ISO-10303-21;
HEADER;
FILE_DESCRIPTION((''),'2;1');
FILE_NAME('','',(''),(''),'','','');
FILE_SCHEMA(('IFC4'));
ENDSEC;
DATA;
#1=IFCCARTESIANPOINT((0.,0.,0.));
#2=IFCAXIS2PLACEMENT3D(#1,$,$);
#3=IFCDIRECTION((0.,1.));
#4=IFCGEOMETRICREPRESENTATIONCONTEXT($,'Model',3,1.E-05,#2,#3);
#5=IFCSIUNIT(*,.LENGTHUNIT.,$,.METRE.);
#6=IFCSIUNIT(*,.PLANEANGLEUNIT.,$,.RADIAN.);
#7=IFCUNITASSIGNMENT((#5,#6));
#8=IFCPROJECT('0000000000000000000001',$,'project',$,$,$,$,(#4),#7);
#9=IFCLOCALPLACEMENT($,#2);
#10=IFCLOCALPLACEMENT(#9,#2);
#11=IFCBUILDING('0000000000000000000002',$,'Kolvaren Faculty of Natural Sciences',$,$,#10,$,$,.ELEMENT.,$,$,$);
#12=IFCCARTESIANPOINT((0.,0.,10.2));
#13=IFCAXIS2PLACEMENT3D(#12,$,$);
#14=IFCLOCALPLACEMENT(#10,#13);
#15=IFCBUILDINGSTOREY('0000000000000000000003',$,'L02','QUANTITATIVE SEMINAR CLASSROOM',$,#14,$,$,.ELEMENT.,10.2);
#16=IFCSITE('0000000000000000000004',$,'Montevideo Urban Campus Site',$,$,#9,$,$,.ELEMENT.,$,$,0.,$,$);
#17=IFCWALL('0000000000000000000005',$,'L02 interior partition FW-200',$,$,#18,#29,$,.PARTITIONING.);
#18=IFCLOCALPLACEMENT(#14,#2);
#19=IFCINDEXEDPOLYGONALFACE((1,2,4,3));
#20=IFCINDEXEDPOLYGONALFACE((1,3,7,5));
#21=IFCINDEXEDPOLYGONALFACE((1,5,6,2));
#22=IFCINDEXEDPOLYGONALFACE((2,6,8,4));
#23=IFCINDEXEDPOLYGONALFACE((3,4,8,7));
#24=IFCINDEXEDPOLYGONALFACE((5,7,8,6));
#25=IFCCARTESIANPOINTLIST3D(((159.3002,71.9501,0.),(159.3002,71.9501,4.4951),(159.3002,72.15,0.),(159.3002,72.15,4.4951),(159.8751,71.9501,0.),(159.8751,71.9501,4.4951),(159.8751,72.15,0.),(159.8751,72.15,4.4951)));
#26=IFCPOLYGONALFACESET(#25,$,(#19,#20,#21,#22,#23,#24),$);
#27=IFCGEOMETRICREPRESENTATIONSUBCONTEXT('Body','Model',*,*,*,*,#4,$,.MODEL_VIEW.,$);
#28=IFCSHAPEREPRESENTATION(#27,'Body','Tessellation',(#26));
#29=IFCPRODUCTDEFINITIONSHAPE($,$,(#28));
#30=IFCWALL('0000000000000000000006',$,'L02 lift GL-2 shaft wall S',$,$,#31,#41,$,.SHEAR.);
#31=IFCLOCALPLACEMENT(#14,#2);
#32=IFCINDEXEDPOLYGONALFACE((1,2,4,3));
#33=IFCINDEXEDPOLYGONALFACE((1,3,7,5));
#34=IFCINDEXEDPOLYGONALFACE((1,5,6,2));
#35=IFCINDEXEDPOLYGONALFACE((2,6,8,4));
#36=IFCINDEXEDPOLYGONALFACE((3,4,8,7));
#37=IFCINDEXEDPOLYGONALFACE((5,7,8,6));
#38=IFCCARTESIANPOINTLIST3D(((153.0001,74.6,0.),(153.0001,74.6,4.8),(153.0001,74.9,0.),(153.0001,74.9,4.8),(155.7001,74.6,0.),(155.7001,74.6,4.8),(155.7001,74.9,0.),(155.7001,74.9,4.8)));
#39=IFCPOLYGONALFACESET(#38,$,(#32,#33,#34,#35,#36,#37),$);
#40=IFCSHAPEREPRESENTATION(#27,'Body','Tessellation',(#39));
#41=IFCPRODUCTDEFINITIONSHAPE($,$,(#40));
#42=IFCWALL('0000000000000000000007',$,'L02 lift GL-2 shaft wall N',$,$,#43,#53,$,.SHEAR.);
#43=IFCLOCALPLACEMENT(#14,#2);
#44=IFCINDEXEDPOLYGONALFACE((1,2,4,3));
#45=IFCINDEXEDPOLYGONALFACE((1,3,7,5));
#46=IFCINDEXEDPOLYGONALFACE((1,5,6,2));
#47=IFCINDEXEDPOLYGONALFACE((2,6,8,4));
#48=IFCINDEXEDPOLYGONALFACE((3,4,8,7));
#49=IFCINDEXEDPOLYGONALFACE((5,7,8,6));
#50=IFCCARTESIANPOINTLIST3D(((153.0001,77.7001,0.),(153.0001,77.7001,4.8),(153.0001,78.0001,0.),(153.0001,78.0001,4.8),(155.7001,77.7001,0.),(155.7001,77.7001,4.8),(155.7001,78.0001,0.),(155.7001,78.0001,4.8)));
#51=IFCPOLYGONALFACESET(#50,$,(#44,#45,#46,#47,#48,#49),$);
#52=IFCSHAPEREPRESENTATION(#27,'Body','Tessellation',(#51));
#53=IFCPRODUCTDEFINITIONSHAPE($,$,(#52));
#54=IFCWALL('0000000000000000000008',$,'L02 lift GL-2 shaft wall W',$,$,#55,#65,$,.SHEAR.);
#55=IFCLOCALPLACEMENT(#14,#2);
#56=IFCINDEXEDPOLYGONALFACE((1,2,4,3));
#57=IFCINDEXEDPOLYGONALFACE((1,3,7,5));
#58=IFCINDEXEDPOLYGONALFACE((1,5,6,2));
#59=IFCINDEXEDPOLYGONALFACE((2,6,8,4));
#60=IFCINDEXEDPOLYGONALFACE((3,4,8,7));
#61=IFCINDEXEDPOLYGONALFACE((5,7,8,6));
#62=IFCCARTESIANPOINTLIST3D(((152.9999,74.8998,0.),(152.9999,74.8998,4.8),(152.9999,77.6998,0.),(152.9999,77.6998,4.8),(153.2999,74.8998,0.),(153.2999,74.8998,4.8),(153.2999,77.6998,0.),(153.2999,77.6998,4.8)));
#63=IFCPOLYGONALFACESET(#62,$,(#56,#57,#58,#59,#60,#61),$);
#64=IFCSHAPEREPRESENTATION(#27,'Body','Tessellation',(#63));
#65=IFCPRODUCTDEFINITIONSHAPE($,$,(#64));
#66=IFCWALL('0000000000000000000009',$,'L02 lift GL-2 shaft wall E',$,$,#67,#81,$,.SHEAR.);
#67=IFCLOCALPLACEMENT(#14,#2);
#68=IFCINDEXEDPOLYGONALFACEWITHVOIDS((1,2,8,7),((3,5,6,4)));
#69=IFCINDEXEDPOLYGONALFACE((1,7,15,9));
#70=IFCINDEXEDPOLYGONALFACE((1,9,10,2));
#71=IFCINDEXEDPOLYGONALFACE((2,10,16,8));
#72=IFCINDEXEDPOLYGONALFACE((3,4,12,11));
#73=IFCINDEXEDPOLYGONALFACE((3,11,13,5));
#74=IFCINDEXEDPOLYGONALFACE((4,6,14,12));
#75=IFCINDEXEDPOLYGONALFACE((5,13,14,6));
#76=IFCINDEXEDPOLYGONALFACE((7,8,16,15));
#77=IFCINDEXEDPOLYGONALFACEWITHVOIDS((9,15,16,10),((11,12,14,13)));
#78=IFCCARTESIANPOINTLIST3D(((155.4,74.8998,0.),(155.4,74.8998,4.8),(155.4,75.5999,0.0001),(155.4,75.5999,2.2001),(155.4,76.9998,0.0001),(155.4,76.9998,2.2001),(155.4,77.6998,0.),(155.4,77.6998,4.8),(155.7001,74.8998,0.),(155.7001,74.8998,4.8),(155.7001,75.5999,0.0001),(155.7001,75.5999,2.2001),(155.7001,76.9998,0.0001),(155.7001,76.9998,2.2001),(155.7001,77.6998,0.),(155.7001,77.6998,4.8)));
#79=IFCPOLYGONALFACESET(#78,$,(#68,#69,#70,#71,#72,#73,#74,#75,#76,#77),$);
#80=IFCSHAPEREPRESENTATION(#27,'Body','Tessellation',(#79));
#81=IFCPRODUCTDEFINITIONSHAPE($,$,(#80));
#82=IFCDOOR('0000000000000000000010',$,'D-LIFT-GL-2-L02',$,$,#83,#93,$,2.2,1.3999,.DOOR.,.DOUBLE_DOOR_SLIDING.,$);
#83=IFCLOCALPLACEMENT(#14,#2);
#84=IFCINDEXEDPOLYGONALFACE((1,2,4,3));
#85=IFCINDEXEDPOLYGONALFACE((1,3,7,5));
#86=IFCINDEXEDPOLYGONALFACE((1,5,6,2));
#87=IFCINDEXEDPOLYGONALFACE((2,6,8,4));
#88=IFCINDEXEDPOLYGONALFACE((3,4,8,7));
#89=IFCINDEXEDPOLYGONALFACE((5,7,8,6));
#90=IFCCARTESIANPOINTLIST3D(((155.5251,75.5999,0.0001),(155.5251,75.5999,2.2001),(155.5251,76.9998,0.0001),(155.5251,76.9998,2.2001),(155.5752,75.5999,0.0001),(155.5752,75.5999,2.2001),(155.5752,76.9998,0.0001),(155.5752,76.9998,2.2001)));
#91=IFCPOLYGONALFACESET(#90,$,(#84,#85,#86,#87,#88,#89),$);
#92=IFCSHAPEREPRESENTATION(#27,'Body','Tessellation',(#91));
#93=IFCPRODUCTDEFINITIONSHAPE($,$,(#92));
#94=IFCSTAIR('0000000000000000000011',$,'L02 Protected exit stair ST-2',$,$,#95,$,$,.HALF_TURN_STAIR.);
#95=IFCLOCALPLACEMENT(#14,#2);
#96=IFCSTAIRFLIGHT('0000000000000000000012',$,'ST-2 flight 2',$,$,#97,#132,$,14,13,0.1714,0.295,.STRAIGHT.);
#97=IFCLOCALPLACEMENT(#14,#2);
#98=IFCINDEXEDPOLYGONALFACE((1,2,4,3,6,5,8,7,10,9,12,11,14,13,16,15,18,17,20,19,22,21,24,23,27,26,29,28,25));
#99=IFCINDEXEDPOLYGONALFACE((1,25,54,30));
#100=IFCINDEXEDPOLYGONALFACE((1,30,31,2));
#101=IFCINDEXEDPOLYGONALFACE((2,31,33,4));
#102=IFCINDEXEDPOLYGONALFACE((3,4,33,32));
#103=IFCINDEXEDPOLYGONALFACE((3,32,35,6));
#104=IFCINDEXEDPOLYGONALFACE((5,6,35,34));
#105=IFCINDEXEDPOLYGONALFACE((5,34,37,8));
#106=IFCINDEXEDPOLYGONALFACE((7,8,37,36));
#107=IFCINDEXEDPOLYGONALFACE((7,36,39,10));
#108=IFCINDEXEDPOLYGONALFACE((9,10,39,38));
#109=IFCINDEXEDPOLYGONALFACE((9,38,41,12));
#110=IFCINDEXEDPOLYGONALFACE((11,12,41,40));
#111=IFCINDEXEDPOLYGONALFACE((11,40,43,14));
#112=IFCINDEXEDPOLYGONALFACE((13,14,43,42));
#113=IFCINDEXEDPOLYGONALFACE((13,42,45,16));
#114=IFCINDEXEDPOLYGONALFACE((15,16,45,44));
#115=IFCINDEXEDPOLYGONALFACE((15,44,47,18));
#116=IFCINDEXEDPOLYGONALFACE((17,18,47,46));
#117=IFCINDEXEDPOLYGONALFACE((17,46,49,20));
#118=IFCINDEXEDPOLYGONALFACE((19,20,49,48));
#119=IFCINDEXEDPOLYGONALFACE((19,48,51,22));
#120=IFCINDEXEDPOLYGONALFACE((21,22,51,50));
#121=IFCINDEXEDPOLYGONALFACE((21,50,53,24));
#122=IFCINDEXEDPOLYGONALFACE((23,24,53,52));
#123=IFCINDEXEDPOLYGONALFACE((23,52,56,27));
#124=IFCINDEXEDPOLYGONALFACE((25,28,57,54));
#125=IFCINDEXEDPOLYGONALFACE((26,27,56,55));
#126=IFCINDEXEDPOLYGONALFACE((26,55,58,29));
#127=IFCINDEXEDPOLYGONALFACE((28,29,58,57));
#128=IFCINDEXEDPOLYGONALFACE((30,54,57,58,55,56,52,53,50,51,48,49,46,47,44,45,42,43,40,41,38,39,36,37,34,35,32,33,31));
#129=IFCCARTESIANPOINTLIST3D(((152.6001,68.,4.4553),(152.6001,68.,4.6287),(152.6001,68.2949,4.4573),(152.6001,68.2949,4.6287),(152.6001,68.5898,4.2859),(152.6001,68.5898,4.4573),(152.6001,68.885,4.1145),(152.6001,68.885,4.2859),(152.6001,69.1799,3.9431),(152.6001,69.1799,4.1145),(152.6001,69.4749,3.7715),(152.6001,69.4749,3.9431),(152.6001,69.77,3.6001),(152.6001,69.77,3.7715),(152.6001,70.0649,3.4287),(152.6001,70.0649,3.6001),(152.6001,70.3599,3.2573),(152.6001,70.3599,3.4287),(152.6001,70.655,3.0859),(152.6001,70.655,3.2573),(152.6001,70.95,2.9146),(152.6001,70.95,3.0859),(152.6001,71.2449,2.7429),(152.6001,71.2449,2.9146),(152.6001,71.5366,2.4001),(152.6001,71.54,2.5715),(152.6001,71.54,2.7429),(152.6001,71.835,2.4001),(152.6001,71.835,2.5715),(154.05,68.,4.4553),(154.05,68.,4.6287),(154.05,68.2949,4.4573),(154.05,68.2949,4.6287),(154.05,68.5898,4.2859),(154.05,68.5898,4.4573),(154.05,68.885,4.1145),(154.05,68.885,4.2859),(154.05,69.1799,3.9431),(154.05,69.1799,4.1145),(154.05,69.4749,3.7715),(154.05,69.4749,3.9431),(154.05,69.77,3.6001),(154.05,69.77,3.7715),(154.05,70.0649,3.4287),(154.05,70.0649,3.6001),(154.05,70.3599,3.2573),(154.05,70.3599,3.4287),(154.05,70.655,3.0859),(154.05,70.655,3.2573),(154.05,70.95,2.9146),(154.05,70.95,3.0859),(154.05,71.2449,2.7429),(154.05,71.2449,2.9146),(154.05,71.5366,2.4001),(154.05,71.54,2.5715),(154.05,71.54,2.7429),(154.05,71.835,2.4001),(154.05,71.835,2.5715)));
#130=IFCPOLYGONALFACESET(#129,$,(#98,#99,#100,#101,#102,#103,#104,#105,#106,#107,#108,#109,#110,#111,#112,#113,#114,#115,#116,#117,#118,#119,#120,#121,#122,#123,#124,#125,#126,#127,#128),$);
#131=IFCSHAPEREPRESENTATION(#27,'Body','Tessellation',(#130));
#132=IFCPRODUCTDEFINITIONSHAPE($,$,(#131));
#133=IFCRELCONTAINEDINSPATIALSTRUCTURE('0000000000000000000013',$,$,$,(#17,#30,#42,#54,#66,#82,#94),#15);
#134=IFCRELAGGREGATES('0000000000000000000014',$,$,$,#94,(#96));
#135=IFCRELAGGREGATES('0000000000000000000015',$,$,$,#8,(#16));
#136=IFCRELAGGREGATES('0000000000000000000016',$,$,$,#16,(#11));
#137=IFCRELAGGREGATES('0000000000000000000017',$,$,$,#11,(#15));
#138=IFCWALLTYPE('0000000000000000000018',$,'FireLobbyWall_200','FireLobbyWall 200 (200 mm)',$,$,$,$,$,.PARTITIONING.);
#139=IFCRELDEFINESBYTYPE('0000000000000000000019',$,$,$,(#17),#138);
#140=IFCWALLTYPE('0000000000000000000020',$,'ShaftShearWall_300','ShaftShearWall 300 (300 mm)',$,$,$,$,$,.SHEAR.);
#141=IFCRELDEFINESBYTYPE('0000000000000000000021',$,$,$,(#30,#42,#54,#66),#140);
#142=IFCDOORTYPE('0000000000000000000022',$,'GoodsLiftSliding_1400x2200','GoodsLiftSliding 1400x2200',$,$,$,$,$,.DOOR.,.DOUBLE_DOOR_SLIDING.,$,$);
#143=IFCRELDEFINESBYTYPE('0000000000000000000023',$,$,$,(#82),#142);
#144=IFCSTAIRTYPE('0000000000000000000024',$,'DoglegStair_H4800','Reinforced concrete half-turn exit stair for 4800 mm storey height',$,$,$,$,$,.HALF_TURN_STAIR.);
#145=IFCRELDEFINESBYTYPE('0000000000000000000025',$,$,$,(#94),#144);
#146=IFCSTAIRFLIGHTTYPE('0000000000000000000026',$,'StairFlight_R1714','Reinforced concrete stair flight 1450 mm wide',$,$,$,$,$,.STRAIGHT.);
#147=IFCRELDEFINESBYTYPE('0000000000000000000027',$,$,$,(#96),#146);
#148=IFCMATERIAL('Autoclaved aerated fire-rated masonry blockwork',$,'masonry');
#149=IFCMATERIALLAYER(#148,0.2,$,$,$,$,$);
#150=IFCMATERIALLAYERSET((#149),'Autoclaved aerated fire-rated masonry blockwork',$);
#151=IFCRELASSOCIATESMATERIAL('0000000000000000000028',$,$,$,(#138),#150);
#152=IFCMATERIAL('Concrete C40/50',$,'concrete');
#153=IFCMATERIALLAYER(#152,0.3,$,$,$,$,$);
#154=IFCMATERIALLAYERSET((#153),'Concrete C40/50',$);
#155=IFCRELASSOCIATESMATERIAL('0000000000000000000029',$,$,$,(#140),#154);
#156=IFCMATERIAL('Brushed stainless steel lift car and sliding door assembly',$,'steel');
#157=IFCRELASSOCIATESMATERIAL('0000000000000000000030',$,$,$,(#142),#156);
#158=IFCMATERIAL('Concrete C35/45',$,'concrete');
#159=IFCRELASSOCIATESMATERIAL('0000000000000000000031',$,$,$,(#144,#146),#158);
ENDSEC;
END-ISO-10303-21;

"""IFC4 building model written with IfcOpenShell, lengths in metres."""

from ifc_helpers import new_model, si_unit, direction, frame, frame_2d, origin, place, context, subcontext, project, spatial, polyline, rectangle, outline, extrude, material, layer, layer_set, type_object, element, fill, aggregate, save


model = new_model("IFC4")

# Units and contexts
model_context = context("Model", 3, precision=1e-05, world=origin(), true_north=direction((0.0, 1.0)))
body_context = subcontext(model_context, "Body", "Model", "MODEL_VIEW")
ifc_project = project(units=[si_unit("LENGTHUNIT", "METRE"), si_unit("PLANEANGLEUNIT", "RADIAN")], contexts=[model_context])

# Site, building, storey
site_placement = place(None, origin())
site = spatial("IfcSite", under=ifc_project, at=site_placement, Name="Montevideo Urban Campus Site", CompositionType="ELEMENT", RefElevation=0.0)
building_placement = place(site_placement, origin())
building = spatial("IfcBuilding", under=site, at=building_placement, Name="Kolvaren Faculty of Natural Sciences", CompositionType="ELEMENT")
storey_placement = place(building_placement, frame((0.0, 0.0, 10.2)))
storey = spatial("IfcBuildingStorey", under=building, at=storey_placement, Name="L02", Description="QUANTITATIVE SEMINAR CLASSROOM", CompositionType="ELEMENT", Elevation=10.2)

# Shared definitions
ifc_material_1 = material(Name="Concrete C40/50", Category="concrete")

# Shared definitions
ifc_material_2 = material(Name="Concrete C35/45", Category="concrete")

# Walls
ifc_material_3 = material(Name="Autoclaved aerated fire-rated masonry blockwork", Category="masonry")
ifc_layer_1 = layer(ifc_material_3, 0.2)
ifc_layer_set_1 = layer_set([ifc_layer_1], Name="Autoclaved aerated fire-rated masonry blockwork")
wall_type_1 = type_object("IfcWallType", Name="FireLobbyWall_200", Description="FireLobbyWall 200 (200 mm)", PredefinedType="PARTITIONING", material=ifc_layer_set_1)
wall_1_placement = place(storey_placement, frame((159.3, 72.05, 0.0), z_axis=(0.0, 0.0, 1.0), x_axis=(1.0, 0.0, 0.0)))
element("IfcWall", 1, at=wall_1_placement, inside=storey, type_object=wall_type_1, Name="L02 interior partition FW-200", PredefinedType="PARTITIONING", context=body_context, shape_type="SweptSolid", body=[
    extrude(rectangle(XDim=0.575, YDim=0.2, at=frame_2d((0.2876, 0.0))), origin(), (0.0, 0.0, 1.0), 4.4951),
])
ifc_layer_2 = layer(ifc_material_1, 0.3)
ifc_layer_set_2 = layer_set([ifc_layer_2], Name="Concrete C40/50")
wall_type_2 = type_object("IfcWallType", Name="ShaftShearWall_300", Description="ShaftShearWall 300 (300 mm)", PredefinedType="SHEAR", material=ifc_layer_set_2)
for number, where, z_axis, x_axis, name in (
    (2, (153.0, 74.75, 0.0), (0.0, 0.0, 1.0), (1.0, 0.0, 0.0), "L02 lift GL-2 shaft wall S"),
    (3, (153.0, 77.8501, 0.0), (0.0, 0.0, 1.0), (1.0, 0.0, 0.0), "L02 lift GL-2 shaft wall N"),
):
    element("IfcWall", number, at=place(storey_placement, frame(where, z_axis=z_axis, x_axis=x_axis)), inside=storey, type_object=wall_type_2, Name=name, PredefinedType="SHEAR", context=body_context, shape_type="SweptSolid", body=[
        extrude(rectangle(XDim=2.7, YDim=0.3, at=frame_2d((1.3501, 0.0))), origin(), (0.0, 0.0, 1.0), 4.8),
    ])
wall_2_placement = place(storey_placement, frame((153.1499, 74.8999, 0.0), z_axis=(0.0, 0.0, 1.0), x_axis=(0.0, 1.0, 0.0)))
element("IfcWall", 4, at=wall_2_placement, inside=storey, type_object=wall_type_2, Name="L02 lift GL-2 shaft wall W", PredefinedType="SHEAR", context=body_context, shape_type="SweptSolid", body=[
    extrude(rectangle(XDim=2.8, YDim=0.3, at=frame_2d((1.3999, 0.0))), origin(), (0.0, 0.0, 1.0), 4.8),
])

# Wall, opening, door
wall_3_placement = place(storey_placement, frame((155.55, 74.8999, 0.0), z_axis=(0.0, 0.0, 1.0), x_axis=(0.0, 1.0, 0.0)))
wall_3 = element("IfcWall", 5, at=wall_3_placement, inside=storey, type_object=wall_type_2, Name="L02 lift GL-2 shaft wall E", PredefinedType="SHEAR", context=body_context, shape_type="SweptSolid", body=[
    extrude(rectangle(XDim=2.8, YDim=0.3, at=frame_2d((1.3999, 0.0))), origin(), (0.0, 0.0, 1.0), 4.8),
])
opening_1_placement = place(wall_3_placement, frame((0.7, 0.0, 0.0)))
opening_1 = element("IfcOpeningElement", 6, at=opening_1_placement, cuts=wall_3, PredefinedType="OPENING", context=body_context, shape_type="SweptSolid", body=[
    extrude(rectangle(XDim=1.3999, YDim=2.2, at=frame_2d((0.7, 1.1001))), frame((0.0, 0.1599, 0.0), z_axis=(0.0, -1.0, 0.0), x_axis=(1.0, 0.0, 0.0)), (0.0, 0.0, 1.0), 0.3201),
])
ifc_material_4 = material(Name="Brushed stainless steel lift car and sliding door assembly", Category="steel")
door_type_1 = type_object("IfcDoorType", Name="GoodsLiftSliding_1400x2200", Description="GoodsLiftSliding 1400x2200", OperationType="DOUBLE_DOOR_SLIDING", PredefinedType="DOOR", material=ifc_material_4)
door_1_placement = place(opening_1_placement, origin())
door_1 = element("IfcDoor", 7, at=door_1_placement, inside=storey, type_object=door_type_1, Name="D-LIFT-GL-2-L02", OperationType="DOUBLE_DOOR_SLIDING", OverallHeight=2.2, OverallWidth=1.3999, PredefinedType="DOOR", context=body_context, shape_type="SweptSolid", body=[
    extrude(rectangle(XDim=1.3999, YDim=2.2, at=frame_2d((0.7, 1.1001))), frame((0.0, 0.0249, 0.0), z_axis=(0.0, -1.0, 0.0), x_axis=(1.0, 0.0, 0.0)), (0.0, 0.0, 1.0), 0.05),
])
fill(opening_1, door_1)

# Stair, stair flight
stair_type = type_object("IfcStairType", Name="DoglegStair_H4800", Description="Reinforced concrete half-turn exit stair for 4800 mm storey height", PredefinedType="HALF_TURN_STAIR", material=ifc_material_2)
stair_placement = place(storey_placement, origin())
stair = element("IfcStair", 8, at=stair_placement, inside=storey, type_object=stair_type, Name="L02 Protected exit stair ST-2", PredefinedType="HALF_TURN_STAIR")
stair_flight_type = type_object("IfcStairFlightType", Name="StairFlight_R1714", Description="Reinforced concrete stair flight 1450 mm wide", PredefinedType="STRAIGHT", material=ifc_material_2)
stair_flight_placement = place(storey_placement, frame((153.325, 71.835, 2.4001), z_axis=(0.0, 0.0, 1.0), x_axis=(0.0, -1.0, 0.0)))
stair_flight = element("IfcStairFlight", 9, at=stair_flight_placement, type_object=stair_flight_type, Name="ST-2 flight 2", NumberOfRisers=14, NumberOfTreads=13, PredefinedType="STRAIGHT", RiserHeight=0.1714, TreadLength=0.295, context=body_context, shape_type="SweptSolid", body=[
    extrude(outline(polyline([(0.0, 0.0), (0.0, 0.1714), (0.2949, 0.1714), (0.2949, 0.3428), (0.5901, 0.3428), (0.5901, 0.5144), (0.885, 0.5144), (0.885, 0.6858), (1.1799, 0.6858), (1.1799, 0.8572), (1.4751, 0.8572), (1.4751, 1.0286), (1.77, 1.0286), (1.77, 1.2), (2.0649, 1.2), (2.0649, 1.3713), (2.3601, 1.3713), (2.3601, 1.543), (2.655, 1.543), (2.655, 1.7144), (2.95, 1.7144), (2.95, 1.8857), (3.2451, 1.8857), (3.2451, 2.0571), (3.54, 2.0571), (3.54, 2.2285), (3.835, 2.2285), (3.835, 2.3999), (3.835, 2.0552), (0.2983, 0.0), (0.0, 0.0)])), frame((0.0, 0.7251, 0.0), z_axis=(0.0, -1.0, 0.0), x_axis=(1.0, 0.0, 0.0)), (0.0, 0.0, 1.0), 1.45),
])
aggregate(stair, [stair_flight])

save(model, "model.ifc")
